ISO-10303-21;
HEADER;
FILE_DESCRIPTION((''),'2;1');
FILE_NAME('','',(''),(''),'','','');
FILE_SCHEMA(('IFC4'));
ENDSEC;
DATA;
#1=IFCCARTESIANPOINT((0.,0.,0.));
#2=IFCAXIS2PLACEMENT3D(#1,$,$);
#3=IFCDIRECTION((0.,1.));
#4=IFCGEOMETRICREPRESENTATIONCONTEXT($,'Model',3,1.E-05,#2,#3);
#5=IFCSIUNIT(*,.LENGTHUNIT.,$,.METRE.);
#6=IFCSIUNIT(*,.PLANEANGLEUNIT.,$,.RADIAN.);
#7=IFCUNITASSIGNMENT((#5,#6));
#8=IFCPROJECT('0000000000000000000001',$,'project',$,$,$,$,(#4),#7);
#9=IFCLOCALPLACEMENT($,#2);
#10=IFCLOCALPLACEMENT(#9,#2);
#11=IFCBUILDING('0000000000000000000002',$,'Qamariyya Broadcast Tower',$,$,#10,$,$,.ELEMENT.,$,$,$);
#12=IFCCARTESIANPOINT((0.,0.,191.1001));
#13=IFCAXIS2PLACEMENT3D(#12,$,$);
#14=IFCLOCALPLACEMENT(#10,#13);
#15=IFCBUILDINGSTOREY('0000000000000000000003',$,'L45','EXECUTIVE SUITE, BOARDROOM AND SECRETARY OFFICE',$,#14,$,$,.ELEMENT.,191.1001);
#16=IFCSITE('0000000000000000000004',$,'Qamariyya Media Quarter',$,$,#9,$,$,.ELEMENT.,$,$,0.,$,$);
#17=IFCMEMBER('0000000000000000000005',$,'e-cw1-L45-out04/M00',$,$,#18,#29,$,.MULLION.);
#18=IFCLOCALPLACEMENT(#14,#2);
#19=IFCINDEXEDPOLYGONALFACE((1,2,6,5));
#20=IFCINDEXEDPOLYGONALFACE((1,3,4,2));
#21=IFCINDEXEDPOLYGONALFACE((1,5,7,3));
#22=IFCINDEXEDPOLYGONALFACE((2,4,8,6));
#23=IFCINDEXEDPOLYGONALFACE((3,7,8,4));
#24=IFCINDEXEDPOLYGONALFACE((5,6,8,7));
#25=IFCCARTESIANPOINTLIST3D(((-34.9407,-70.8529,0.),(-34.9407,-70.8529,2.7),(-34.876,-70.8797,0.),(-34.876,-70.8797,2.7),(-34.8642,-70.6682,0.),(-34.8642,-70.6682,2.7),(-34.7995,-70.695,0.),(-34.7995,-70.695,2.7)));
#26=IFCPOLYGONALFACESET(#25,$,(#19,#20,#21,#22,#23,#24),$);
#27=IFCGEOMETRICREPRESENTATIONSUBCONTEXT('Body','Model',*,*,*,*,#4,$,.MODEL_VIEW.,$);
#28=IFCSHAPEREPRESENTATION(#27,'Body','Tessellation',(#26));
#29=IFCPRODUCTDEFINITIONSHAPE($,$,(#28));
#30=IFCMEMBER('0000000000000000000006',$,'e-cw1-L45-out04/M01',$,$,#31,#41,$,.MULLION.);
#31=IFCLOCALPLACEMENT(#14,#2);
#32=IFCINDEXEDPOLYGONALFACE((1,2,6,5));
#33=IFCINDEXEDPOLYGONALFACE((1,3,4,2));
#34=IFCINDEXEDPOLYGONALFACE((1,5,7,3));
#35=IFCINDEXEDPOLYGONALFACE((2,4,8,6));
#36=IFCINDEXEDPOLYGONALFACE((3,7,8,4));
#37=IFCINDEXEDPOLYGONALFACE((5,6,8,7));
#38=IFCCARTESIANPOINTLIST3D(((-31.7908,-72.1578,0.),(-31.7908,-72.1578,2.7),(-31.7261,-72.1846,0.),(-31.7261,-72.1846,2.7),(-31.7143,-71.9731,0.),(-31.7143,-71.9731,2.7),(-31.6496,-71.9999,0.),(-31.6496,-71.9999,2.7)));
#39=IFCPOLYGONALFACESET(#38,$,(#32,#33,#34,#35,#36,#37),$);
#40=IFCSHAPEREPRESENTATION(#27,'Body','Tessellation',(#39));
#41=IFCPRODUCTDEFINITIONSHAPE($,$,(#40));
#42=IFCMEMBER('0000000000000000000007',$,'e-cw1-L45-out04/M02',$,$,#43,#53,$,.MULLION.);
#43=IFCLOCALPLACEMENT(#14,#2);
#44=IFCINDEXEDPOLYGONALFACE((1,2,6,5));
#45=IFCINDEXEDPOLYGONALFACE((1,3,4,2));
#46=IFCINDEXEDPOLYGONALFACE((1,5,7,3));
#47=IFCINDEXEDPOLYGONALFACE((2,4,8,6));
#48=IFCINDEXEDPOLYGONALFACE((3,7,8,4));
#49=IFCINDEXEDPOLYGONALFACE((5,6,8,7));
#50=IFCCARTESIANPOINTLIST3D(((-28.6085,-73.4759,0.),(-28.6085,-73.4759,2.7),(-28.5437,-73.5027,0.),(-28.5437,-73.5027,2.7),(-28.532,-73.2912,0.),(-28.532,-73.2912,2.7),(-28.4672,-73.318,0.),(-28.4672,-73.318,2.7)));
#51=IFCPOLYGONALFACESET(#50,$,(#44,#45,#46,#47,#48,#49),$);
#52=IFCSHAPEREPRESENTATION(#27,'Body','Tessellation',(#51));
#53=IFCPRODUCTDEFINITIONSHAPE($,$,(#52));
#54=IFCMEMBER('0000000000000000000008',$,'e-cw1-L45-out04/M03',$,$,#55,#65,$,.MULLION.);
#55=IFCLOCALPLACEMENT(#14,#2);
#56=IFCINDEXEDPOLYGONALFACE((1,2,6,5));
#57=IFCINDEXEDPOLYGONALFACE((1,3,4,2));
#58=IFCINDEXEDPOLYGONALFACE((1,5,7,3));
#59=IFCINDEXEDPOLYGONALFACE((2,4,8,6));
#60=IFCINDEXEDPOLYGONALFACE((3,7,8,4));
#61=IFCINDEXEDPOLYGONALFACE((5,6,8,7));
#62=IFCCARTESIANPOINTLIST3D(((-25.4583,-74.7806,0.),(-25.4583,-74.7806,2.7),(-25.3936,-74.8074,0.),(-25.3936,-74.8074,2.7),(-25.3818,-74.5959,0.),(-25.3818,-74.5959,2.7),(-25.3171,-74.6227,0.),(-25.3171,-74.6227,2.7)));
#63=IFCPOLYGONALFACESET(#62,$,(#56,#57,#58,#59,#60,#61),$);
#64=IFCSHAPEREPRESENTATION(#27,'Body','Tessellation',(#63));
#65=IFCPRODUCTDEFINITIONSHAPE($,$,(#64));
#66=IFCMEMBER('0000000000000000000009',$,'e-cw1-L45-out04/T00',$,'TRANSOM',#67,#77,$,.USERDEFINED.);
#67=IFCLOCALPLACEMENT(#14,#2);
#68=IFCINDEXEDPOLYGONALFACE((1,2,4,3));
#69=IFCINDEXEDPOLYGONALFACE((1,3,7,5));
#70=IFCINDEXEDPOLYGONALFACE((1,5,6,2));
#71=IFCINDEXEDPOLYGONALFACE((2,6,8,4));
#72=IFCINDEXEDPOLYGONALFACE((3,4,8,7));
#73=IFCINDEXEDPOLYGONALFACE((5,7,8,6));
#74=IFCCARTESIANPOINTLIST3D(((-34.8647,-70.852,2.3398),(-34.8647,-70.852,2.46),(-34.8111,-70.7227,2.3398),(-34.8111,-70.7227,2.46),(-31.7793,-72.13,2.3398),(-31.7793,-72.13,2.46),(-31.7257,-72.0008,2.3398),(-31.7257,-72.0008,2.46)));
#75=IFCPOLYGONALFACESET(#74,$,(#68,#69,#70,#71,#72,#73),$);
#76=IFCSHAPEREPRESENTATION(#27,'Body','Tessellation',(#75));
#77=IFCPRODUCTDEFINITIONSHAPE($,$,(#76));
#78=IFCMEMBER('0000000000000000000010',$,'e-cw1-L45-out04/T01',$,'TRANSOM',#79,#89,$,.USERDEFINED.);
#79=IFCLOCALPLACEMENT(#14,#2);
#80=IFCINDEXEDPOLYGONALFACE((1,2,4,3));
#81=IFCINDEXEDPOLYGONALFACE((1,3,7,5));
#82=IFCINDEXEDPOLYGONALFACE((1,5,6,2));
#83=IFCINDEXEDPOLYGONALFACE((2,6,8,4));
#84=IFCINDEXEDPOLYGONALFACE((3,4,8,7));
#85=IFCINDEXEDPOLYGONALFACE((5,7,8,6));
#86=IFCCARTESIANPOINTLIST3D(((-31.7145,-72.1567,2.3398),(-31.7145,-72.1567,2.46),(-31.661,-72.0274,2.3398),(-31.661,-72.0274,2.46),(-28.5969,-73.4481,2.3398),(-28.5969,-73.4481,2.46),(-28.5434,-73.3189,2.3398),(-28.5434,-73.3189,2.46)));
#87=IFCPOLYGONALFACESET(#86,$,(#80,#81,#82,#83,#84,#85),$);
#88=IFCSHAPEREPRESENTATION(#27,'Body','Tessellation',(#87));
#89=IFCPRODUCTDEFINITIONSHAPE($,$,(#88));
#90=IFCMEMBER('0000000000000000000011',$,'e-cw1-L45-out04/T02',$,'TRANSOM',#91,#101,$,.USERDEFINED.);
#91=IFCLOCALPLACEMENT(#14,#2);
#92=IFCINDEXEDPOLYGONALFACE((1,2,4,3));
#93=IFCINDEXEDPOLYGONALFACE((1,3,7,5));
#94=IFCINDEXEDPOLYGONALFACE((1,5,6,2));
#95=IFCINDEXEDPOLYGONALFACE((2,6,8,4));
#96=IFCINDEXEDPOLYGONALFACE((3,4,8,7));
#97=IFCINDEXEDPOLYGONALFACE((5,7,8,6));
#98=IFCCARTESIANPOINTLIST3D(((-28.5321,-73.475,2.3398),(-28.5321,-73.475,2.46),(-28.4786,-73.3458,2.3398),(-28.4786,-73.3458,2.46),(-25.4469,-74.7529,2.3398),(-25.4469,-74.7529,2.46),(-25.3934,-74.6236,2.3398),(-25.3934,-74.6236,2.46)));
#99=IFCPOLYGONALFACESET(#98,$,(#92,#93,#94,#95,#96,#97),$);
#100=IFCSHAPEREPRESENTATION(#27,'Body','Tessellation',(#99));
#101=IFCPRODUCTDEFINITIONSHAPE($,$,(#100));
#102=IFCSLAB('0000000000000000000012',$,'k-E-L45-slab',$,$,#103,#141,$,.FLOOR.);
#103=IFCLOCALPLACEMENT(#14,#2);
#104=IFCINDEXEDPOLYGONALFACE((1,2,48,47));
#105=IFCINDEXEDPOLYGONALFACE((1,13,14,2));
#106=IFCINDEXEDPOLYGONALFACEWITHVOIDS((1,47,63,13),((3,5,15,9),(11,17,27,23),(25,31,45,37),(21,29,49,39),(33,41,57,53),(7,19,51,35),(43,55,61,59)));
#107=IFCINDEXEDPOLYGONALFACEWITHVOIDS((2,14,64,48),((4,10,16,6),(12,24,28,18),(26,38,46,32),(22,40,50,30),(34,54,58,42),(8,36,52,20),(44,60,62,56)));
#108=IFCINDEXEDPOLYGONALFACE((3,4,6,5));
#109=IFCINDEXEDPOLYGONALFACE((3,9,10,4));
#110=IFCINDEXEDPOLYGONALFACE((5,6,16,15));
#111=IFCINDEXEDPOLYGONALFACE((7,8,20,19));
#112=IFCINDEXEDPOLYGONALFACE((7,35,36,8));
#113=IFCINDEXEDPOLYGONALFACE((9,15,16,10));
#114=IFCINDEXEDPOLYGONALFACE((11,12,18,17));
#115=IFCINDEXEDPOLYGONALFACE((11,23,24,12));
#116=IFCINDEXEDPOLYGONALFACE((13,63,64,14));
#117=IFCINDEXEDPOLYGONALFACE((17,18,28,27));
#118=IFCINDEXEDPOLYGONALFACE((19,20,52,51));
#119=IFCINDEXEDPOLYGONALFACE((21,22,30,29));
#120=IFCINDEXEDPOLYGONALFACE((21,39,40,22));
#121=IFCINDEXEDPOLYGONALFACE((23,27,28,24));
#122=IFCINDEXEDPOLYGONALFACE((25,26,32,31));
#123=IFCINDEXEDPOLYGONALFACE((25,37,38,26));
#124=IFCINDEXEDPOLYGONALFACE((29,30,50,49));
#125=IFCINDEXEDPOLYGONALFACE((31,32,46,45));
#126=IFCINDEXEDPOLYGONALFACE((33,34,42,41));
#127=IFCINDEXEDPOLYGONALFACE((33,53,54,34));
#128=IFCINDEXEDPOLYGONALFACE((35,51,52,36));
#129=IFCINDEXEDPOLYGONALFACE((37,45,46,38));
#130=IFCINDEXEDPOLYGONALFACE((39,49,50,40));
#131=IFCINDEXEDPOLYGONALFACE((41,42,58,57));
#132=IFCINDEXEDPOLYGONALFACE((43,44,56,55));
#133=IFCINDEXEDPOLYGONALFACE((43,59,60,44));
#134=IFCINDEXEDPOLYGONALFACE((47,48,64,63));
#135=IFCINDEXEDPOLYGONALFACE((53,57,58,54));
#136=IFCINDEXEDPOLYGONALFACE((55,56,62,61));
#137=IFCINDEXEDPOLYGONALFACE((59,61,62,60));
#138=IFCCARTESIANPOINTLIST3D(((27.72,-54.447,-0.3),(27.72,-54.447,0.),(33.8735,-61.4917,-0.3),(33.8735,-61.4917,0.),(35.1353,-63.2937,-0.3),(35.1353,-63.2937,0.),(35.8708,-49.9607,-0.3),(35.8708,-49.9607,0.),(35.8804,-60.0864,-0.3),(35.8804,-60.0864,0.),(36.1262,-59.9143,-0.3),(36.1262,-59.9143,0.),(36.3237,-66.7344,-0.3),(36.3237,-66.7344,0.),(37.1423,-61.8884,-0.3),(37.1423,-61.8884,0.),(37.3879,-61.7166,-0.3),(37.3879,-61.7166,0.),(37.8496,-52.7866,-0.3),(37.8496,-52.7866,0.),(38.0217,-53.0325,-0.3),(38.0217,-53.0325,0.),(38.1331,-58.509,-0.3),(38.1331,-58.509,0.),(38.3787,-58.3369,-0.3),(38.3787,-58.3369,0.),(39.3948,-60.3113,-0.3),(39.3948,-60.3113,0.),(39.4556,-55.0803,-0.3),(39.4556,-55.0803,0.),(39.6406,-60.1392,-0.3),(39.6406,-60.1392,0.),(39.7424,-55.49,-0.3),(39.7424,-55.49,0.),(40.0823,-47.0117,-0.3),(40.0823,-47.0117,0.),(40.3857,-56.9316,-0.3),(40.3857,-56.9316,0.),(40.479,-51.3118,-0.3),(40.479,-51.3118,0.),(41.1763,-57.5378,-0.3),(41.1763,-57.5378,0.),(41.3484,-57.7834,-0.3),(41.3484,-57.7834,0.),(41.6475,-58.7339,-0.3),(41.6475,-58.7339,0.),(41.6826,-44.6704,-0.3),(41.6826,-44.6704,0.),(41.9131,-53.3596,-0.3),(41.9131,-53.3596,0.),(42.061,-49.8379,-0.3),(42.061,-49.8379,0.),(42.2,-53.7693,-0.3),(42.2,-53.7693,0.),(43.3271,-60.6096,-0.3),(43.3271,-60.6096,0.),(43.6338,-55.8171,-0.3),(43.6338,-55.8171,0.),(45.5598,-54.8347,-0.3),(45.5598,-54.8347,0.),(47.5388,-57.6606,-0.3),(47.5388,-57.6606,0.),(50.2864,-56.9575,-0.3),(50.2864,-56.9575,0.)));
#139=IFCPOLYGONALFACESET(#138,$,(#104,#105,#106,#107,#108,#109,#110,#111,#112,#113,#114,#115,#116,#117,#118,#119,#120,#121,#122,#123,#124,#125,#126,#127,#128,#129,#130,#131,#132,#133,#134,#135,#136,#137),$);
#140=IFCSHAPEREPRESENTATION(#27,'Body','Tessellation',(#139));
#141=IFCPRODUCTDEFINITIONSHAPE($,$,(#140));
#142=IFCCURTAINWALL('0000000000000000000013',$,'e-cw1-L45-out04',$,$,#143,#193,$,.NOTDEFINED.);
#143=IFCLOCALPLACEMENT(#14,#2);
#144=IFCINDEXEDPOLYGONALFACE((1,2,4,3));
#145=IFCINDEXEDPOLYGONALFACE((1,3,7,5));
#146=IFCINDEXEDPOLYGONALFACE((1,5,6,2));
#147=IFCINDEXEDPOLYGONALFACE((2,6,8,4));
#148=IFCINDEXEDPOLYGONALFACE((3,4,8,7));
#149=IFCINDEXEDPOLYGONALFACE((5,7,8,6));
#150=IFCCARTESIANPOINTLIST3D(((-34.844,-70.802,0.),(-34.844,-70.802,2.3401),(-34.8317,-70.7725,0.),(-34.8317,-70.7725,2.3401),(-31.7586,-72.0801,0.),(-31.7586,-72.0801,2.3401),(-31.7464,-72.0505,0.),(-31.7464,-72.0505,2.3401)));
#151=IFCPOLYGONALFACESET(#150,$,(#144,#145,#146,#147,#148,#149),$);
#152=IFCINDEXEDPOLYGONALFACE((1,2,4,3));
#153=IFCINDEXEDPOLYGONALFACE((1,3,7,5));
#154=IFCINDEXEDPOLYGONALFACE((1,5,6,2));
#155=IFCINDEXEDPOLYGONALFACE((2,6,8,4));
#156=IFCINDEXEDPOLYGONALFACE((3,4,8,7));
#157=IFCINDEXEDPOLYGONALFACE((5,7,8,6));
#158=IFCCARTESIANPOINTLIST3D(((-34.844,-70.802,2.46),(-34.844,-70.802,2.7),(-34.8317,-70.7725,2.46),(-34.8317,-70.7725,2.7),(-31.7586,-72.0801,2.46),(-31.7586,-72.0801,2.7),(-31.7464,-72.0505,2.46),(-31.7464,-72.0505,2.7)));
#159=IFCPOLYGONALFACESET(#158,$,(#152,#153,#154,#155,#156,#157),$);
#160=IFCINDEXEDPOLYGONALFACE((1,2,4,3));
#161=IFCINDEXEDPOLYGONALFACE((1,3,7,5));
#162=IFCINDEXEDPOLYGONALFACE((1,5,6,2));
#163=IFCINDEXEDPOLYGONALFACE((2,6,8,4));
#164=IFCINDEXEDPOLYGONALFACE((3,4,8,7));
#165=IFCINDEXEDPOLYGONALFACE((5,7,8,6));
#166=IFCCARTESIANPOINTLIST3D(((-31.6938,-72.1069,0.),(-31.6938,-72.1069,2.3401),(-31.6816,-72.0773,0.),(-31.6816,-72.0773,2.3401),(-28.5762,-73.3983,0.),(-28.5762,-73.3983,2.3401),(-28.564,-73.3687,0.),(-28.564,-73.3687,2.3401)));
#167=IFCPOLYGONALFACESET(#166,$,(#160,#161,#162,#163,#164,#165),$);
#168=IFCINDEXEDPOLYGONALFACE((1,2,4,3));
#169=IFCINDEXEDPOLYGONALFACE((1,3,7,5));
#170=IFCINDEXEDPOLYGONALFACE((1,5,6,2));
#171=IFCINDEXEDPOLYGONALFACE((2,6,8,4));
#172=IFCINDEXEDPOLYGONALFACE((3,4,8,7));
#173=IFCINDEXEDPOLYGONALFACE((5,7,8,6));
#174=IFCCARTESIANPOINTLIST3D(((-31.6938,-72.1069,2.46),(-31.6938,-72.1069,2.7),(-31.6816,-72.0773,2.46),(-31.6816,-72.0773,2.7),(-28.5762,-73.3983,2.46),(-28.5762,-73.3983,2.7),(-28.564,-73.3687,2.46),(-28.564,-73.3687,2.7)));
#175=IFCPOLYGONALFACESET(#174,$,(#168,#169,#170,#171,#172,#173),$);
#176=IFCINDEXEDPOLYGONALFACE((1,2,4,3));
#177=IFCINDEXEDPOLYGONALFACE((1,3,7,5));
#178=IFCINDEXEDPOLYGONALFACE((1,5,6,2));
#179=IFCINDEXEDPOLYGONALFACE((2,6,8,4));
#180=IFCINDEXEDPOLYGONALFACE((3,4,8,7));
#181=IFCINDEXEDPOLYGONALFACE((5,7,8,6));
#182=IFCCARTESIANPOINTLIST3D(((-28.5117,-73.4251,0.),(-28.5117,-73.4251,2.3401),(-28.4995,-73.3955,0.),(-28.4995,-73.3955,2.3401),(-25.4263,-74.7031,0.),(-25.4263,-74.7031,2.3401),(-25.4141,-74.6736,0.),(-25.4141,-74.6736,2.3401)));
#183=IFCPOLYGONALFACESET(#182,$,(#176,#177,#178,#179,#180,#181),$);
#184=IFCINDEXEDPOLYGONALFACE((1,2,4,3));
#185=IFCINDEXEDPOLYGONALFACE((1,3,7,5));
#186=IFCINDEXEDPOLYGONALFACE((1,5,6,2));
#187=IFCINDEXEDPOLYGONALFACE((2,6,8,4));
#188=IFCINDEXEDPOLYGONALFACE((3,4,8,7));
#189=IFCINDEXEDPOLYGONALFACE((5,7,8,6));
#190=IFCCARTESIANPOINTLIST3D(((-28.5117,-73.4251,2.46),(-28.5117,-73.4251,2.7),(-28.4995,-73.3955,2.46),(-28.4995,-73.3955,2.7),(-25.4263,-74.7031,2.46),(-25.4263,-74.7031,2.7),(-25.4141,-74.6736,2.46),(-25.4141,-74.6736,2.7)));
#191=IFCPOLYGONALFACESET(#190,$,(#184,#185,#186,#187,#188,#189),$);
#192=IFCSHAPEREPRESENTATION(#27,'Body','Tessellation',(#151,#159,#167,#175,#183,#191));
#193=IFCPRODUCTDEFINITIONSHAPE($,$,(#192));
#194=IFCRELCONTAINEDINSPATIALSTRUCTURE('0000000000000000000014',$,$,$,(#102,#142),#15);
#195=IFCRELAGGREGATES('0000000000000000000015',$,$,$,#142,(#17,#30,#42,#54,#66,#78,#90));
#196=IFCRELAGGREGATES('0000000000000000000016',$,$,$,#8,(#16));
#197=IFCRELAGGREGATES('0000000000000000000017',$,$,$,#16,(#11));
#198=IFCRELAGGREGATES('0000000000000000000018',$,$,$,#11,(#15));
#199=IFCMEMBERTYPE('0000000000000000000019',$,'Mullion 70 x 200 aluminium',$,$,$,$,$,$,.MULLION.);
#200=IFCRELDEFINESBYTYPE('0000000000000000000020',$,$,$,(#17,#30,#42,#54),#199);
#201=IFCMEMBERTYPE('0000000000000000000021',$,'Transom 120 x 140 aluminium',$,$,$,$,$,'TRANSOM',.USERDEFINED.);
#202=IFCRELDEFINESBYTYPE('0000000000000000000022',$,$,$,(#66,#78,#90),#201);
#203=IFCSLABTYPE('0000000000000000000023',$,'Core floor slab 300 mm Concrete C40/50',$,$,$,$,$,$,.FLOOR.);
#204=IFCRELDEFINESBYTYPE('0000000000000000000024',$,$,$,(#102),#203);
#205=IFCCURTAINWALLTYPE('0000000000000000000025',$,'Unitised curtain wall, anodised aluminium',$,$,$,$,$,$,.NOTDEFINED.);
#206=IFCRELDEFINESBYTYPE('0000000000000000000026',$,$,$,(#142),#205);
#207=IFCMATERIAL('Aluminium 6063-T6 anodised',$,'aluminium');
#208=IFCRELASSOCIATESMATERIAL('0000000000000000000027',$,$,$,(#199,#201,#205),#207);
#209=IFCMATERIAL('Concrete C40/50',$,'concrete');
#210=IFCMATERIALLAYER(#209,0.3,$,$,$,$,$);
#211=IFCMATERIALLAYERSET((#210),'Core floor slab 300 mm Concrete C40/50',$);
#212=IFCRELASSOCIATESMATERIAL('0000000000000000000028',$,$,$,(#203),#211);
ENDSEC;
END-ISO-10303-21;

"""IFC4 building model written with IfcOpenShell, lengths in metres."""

from ifc_helpers import new_model, si_unit, direction, frame, origin, origin_2d, place, context, subcontext, project, spatial, polyline, rectangle, outline, extrude, material, layer, layer_set, material_profile, profile_set, type_object, element, aggregate, save


model = new_model("IFC4")

# Units and contexts
model_context = context("Model", 3, precision=1e-05, world=origin(), true_north=direction((0.0, 1.0)))
body_context = subcontext(model_context, "Body", "Model", "MODEL_VIEW")
ifc_project = project(units=[si_unit("LENGTHUNIT", "METRE"), si_unit("PLANEANGLEUNIT", "RADIAN")], contexts=[model_context])

# Members
ifc_material_1 = material(Name="Aluminium 6063-T6 anodised", Category="aluminium")
ifc_material_profile_1 = material_profile(ifc_material_1, rectangle(XDim=0.2, YDim=0.0701, at=origin_2d()))
ifc_profile_set_1 = profile_set([ifc_material_profile_1], Name="Aluminium 6063-T6 anodised")
member_type_1 = type_object("IfcMemberType", Name="Mullion 70 x 200 aluminium", PredefinedType="MULLION", material=ifc_profile_set_1)
site_placement = place(None, origin())
building_placement = place(site_placement, origin())
storey_placement = place(building_placement, frame((0.0, 0.0, 191.1001)))
member_1_placement = place(storey_placement, frame((-34.8701, -70.7739, 0.0), z_axis=(0.0, 0.0, 1.0), x_axis=(0.382683, 0.92388, 0.0)))
member_1 = element("IfcMember", 1, at=member_1_placement, type_object=member_type_1, Name="e-cw1-L45-out04/M00", PredefinedType="MULLION", context=body_context, shape_type="SweptSolid", body=[
    extrude(rectangle(XDim=0.2, YDim=0.0701, at=origin_2d()), origin(), (0.0, 0.0, 1.0), 2.7),
])
member_2_placement = place(storey_placement, frame((-31.7202, -72.0789, 0.0), z_axis=(0.0, 0.0, 1.0), x_axis=(0.382683, 0.92388, 0.0)))
member_2 = element("IfcMember", 2, at=member_2_placement, type_object=member_type_1, Name="e-cw1-L45-out04/M01", PredefinedType="MULLION", context=body_context, shape_type="SweptSolid", body=[
    extrude(rectangle(XDim=0.2, YDim=0.0701, at=origin_2d()), origin(), (0.0, 0.0, 1.0), 2.7),
])
member_3_placement = place(storey_placement, frame((-28.5378, -73.397, 0.0), z_axis=(0.0, 0.0, 1.0), x_axis=(0.382683, 0.92388, 0.0)))
member_3 = element("IfcMember", 3, at=member_3_placement, type_object=member_type_1, Name="e-cw1-L45-out04/M02", PredefinedType="MULLION", context=body_context, shape_type="SweptSolid", body=[
    extrude(rectangle(XDim=0.2, YDim=0.0701, at=origin_2d()), origin(), (0.0, 0.0, 1.0), 2.7),
])
member_4_placement = place(storey_placement, frame((-25.3877, -74.7017, 0.0), z_axis=(0.0, 0.0, 1.0), x_axis=(0.382683, 0.92388, 0.0)))
member_4 = element("IfcMember", 4, at=member_4_placement, type_object=member_type_1, Name="e-cw1-L45-out04/M03", PredefinedType="MULLION", context=body_context, shape_type="SweptSolid", body=[
    extrude(rectangle(XDim=0.2, YDim=0.0701, at=origin_2d()), origin(), (0.0, 0.0, 1.0), 2.7),
])
ifc_material_profile_2 = material_profile(ifc_material_1, rectangle(XDim=0.1399, YDim=0.1201, at=origin_2d()))
ifc_profile_set_2 = profile_set([ifc_material_profile_2], Name="Aluminium 6063-T6 anodised")
member_type_2 = type_object("IfcMemberType", Name="Transom 120 x 140 aluminium", ElementType="TRANSOM", PredefinedType="USERDEFINED", material=ifc_profile_set_2)
member_5_placement = place(storey_placement, frame((-34.8379, -70.7874, 2.3999), z_axis=(0.923875, -0.382694, 0.0), x_axis=(0.382694, 0.923875, 0.0)))
member_5 = element("IfcMember", 5, at=member_5_placement, type_object=member_type_2, Name="e-cw1-L45-out04/T00", ObjectType="TRANSOM", PredefinedType="USERDEFINED", context=body_context, shape_type="SweptSolid", body=[
    extrude(rectangle(XDim=0.1399, YDim=0.1201, at=origin_2d()), origin(), (0.0, 0.0, 1.0), 3.3396),
])
member_6_placement = place(storey_placement, frame((-31.6877, -72.092, 2.3999), z_axis=(0.923867, -0.382714, 0.0), x_axis=(0.382714, 0.923867, 0.0)))
member_6 = element("IfcMember", 6, at=member_6_placement, type_object=member_type_2, Name="e-cw1-L45-out04/T01", ObjectType="TRANSOM", PredefinedType="USERDEFINED", context=body_context, shape_type="SweptSolid", body=[
    extrude(rectangle(XDim=0.1399, YDim=0.1201, at=origin_2d()), origin(), (0.0, 0.0, 1.0), 3.3745),
])
member_7_placement = place(storey_placement, frame((-28.5054, -73.4104, 2.3999), z_axis=(0.92389, -0.382657, 0.0), x_axis=(0.382657, 0.92389, 0.0)))
member_7 = element("IfcMember", 7, at=member_7_placement, type_object=member_type_2, Name="e-cw1-L45-out04/T02", ObjectType="TRANSOM", PredefinedType="USERDEFINED", context=body_context, shape_type="SweptSolid", body=[
    extrude(rectangle(XDim=0.1399, YDim=0.1201, at=origin_2d()), origin(), (0.0, 0.0, 1.0), 3.3394),
])

# Site, building, storey
site = spatial("IfcSite", under=ifc_project, at=site_placement, Name="Qamariyya Media Quarter", CompositionType="ELEMENT", RefElevation=0.0)
building = spatial("IfcBuilding", under=site, at=building_placement, Name="Qamariyya Broadcast Tower", CompositionType="ELEMENT")
storey = spatial("IfcBuildingStorey", under=building, at=storey_placement, Name="L45", Description="EXECUTIVE SUITE, BOARDROOM AND SECRETARY OFFICE", CompositionType="ELEMENT", Elevation=191.1001)

# Slab
ifc_material_2 = material(Name="Concrete C40/50", Category="concrete")
ifc_layer = layer(ifc_material_2, 0.3)
ifc_layer_set = layer_set([ifc_layer], Name="Core floor slab 300 mm Concrete C40/50")
slab_type = type_object("IfcSlabType", Name="Core floor slab 300 mm Concrete C40/50", PredefinedType="FLOOR", material=ifc_layer_set)
slab_placement = place(storey_placement, frame((0.0, 0.0, -0.3)))
element("IfcSlab", 8, at=slab_placement, inside=storey, type_object=slab_type, Name="k-E-L45-slab", PredefinedType="FLOOR", context=body_context, shape_type="SweptSolid", body=[
    extrude(outline(polyline([(36.3237, -66.7344), (50.2864, -56.9575), (41.6826, -44.6704), (27.72, -54.447), (36.3237, -66.7344)]), holes=[polyline([(33.8735, -61.4917), (35.8804, -60.0864), (37.1423, -61.8884), (35.1353, -63.2937), (33.8735, -61.4917)]), polyline([(36.1262, -59.9143), (38.1331, -58.509), (39.3948, -60.3113), (37.3879, -61.7166), (36.1262, -59.9143)]), polyline([(38.3787, -58.3369), (40.3857, -56.9316), (41.6475, -58.7339), (39.6406, -60.1392), (38.3787, -58.3369)]), polyline([(39.7424, -55.49), (42.2, -53.7693), (43.6338, -55.8171), (41.1763, -57.5378), (39.7424, -55.49)]), polyline([(39.4556, -55.0803), (41.9131, -53.3596), (40.479, -51.3118), (38.0217, -53.0325), (39.4556, -55.0803)]), polyline([(40.0823, -47.0117), (35.8708, -49.9607), (37.8496, -52.7866), (42.061, -49.8379), (40.0823, -47.0117)]), polyline([(45.5598, -54.8347), (41.3484, -57.7834), (43.3271, -60.6096), (47.5388, -57.6606), (45.5598, -54.8347)])]), origin(), (0.0, 0.0, 1.0), 0.3),
])

# Curtain wall
curtain_wall_type = type_object("IfcCurtainWallType", Name="Unitised curtain wall, anodised aluminium", PredefinedType="NOTDEFINED", material=ifc_material_1)
curtain_wall_1_placement = place(storey_placement, origin())
curtain_wall_1 = element("IfcCurtainWall", 9, at=curtain_wall_1_placement, inside=storey, type_object=curtain_wall_type, Name="e-cw1-L45-out04", PredefinedType="NOTDEFINED", context=body_context, shape_type="SweptSolid", body=[
    extrude(rectangle(XDim=3.3396, YDim=0.032, at=origin_2d()), frame((-33.2952, -71.4263, 0.0), x_axis=(0.923878, -0.382687, 0.0)), (0.0, 0.0, 1.0), 2.3401),
    extrude(rectangle(XDim=3.3396, YDim=0.032, at=origin_2d()), frame((-33.2952, -71.4263, 2.46), x_axis=(0.923878, -0.382687, 0.0)), (0.0, 0.0, 1.0), 0.24),
    extrude(rectangle(XDim=3.3745, YDim=0.032, at=origin_2d()), frame((-30.1289, -72.7378, 0.0), x_axis=(0.923878, -0.382687, 0.0)), (0.0, 0.0, 1.0), 2.3401),
    extrude(rectangle(XDim=3.3745, YDim=0.032, at=origin_2d()), frame((-30.1289, -72.7378, 2.46), x_axis=(0.923878, -0.382687, 0.0)), (0.0, 0.0, 1.0), 0.24),
    extrude(rectangle(XDim=3.3396, YDim=0.032, at=origin_2d()), frame((-26.9629, -74.0493, 0.0), x_axis=(0.923878, -0.382687, 0.0)), (0.0, 0.0, 1.0), 2.3401),
    extrude(rectangle(XDim=3.3396, YDim=0.032, at=origin_2d()), frame((-26.9629, -74.0493, 2.46), x_axis=(0.923878, -0.382687, 0.0)), (0.0, 0.0, 1.0), 0.24),
])
aggregate(curtain_wall_1, [member_1, member_2, member_3, member_4, member_5, member_6, member_7])

save(model, "model.ifc")
